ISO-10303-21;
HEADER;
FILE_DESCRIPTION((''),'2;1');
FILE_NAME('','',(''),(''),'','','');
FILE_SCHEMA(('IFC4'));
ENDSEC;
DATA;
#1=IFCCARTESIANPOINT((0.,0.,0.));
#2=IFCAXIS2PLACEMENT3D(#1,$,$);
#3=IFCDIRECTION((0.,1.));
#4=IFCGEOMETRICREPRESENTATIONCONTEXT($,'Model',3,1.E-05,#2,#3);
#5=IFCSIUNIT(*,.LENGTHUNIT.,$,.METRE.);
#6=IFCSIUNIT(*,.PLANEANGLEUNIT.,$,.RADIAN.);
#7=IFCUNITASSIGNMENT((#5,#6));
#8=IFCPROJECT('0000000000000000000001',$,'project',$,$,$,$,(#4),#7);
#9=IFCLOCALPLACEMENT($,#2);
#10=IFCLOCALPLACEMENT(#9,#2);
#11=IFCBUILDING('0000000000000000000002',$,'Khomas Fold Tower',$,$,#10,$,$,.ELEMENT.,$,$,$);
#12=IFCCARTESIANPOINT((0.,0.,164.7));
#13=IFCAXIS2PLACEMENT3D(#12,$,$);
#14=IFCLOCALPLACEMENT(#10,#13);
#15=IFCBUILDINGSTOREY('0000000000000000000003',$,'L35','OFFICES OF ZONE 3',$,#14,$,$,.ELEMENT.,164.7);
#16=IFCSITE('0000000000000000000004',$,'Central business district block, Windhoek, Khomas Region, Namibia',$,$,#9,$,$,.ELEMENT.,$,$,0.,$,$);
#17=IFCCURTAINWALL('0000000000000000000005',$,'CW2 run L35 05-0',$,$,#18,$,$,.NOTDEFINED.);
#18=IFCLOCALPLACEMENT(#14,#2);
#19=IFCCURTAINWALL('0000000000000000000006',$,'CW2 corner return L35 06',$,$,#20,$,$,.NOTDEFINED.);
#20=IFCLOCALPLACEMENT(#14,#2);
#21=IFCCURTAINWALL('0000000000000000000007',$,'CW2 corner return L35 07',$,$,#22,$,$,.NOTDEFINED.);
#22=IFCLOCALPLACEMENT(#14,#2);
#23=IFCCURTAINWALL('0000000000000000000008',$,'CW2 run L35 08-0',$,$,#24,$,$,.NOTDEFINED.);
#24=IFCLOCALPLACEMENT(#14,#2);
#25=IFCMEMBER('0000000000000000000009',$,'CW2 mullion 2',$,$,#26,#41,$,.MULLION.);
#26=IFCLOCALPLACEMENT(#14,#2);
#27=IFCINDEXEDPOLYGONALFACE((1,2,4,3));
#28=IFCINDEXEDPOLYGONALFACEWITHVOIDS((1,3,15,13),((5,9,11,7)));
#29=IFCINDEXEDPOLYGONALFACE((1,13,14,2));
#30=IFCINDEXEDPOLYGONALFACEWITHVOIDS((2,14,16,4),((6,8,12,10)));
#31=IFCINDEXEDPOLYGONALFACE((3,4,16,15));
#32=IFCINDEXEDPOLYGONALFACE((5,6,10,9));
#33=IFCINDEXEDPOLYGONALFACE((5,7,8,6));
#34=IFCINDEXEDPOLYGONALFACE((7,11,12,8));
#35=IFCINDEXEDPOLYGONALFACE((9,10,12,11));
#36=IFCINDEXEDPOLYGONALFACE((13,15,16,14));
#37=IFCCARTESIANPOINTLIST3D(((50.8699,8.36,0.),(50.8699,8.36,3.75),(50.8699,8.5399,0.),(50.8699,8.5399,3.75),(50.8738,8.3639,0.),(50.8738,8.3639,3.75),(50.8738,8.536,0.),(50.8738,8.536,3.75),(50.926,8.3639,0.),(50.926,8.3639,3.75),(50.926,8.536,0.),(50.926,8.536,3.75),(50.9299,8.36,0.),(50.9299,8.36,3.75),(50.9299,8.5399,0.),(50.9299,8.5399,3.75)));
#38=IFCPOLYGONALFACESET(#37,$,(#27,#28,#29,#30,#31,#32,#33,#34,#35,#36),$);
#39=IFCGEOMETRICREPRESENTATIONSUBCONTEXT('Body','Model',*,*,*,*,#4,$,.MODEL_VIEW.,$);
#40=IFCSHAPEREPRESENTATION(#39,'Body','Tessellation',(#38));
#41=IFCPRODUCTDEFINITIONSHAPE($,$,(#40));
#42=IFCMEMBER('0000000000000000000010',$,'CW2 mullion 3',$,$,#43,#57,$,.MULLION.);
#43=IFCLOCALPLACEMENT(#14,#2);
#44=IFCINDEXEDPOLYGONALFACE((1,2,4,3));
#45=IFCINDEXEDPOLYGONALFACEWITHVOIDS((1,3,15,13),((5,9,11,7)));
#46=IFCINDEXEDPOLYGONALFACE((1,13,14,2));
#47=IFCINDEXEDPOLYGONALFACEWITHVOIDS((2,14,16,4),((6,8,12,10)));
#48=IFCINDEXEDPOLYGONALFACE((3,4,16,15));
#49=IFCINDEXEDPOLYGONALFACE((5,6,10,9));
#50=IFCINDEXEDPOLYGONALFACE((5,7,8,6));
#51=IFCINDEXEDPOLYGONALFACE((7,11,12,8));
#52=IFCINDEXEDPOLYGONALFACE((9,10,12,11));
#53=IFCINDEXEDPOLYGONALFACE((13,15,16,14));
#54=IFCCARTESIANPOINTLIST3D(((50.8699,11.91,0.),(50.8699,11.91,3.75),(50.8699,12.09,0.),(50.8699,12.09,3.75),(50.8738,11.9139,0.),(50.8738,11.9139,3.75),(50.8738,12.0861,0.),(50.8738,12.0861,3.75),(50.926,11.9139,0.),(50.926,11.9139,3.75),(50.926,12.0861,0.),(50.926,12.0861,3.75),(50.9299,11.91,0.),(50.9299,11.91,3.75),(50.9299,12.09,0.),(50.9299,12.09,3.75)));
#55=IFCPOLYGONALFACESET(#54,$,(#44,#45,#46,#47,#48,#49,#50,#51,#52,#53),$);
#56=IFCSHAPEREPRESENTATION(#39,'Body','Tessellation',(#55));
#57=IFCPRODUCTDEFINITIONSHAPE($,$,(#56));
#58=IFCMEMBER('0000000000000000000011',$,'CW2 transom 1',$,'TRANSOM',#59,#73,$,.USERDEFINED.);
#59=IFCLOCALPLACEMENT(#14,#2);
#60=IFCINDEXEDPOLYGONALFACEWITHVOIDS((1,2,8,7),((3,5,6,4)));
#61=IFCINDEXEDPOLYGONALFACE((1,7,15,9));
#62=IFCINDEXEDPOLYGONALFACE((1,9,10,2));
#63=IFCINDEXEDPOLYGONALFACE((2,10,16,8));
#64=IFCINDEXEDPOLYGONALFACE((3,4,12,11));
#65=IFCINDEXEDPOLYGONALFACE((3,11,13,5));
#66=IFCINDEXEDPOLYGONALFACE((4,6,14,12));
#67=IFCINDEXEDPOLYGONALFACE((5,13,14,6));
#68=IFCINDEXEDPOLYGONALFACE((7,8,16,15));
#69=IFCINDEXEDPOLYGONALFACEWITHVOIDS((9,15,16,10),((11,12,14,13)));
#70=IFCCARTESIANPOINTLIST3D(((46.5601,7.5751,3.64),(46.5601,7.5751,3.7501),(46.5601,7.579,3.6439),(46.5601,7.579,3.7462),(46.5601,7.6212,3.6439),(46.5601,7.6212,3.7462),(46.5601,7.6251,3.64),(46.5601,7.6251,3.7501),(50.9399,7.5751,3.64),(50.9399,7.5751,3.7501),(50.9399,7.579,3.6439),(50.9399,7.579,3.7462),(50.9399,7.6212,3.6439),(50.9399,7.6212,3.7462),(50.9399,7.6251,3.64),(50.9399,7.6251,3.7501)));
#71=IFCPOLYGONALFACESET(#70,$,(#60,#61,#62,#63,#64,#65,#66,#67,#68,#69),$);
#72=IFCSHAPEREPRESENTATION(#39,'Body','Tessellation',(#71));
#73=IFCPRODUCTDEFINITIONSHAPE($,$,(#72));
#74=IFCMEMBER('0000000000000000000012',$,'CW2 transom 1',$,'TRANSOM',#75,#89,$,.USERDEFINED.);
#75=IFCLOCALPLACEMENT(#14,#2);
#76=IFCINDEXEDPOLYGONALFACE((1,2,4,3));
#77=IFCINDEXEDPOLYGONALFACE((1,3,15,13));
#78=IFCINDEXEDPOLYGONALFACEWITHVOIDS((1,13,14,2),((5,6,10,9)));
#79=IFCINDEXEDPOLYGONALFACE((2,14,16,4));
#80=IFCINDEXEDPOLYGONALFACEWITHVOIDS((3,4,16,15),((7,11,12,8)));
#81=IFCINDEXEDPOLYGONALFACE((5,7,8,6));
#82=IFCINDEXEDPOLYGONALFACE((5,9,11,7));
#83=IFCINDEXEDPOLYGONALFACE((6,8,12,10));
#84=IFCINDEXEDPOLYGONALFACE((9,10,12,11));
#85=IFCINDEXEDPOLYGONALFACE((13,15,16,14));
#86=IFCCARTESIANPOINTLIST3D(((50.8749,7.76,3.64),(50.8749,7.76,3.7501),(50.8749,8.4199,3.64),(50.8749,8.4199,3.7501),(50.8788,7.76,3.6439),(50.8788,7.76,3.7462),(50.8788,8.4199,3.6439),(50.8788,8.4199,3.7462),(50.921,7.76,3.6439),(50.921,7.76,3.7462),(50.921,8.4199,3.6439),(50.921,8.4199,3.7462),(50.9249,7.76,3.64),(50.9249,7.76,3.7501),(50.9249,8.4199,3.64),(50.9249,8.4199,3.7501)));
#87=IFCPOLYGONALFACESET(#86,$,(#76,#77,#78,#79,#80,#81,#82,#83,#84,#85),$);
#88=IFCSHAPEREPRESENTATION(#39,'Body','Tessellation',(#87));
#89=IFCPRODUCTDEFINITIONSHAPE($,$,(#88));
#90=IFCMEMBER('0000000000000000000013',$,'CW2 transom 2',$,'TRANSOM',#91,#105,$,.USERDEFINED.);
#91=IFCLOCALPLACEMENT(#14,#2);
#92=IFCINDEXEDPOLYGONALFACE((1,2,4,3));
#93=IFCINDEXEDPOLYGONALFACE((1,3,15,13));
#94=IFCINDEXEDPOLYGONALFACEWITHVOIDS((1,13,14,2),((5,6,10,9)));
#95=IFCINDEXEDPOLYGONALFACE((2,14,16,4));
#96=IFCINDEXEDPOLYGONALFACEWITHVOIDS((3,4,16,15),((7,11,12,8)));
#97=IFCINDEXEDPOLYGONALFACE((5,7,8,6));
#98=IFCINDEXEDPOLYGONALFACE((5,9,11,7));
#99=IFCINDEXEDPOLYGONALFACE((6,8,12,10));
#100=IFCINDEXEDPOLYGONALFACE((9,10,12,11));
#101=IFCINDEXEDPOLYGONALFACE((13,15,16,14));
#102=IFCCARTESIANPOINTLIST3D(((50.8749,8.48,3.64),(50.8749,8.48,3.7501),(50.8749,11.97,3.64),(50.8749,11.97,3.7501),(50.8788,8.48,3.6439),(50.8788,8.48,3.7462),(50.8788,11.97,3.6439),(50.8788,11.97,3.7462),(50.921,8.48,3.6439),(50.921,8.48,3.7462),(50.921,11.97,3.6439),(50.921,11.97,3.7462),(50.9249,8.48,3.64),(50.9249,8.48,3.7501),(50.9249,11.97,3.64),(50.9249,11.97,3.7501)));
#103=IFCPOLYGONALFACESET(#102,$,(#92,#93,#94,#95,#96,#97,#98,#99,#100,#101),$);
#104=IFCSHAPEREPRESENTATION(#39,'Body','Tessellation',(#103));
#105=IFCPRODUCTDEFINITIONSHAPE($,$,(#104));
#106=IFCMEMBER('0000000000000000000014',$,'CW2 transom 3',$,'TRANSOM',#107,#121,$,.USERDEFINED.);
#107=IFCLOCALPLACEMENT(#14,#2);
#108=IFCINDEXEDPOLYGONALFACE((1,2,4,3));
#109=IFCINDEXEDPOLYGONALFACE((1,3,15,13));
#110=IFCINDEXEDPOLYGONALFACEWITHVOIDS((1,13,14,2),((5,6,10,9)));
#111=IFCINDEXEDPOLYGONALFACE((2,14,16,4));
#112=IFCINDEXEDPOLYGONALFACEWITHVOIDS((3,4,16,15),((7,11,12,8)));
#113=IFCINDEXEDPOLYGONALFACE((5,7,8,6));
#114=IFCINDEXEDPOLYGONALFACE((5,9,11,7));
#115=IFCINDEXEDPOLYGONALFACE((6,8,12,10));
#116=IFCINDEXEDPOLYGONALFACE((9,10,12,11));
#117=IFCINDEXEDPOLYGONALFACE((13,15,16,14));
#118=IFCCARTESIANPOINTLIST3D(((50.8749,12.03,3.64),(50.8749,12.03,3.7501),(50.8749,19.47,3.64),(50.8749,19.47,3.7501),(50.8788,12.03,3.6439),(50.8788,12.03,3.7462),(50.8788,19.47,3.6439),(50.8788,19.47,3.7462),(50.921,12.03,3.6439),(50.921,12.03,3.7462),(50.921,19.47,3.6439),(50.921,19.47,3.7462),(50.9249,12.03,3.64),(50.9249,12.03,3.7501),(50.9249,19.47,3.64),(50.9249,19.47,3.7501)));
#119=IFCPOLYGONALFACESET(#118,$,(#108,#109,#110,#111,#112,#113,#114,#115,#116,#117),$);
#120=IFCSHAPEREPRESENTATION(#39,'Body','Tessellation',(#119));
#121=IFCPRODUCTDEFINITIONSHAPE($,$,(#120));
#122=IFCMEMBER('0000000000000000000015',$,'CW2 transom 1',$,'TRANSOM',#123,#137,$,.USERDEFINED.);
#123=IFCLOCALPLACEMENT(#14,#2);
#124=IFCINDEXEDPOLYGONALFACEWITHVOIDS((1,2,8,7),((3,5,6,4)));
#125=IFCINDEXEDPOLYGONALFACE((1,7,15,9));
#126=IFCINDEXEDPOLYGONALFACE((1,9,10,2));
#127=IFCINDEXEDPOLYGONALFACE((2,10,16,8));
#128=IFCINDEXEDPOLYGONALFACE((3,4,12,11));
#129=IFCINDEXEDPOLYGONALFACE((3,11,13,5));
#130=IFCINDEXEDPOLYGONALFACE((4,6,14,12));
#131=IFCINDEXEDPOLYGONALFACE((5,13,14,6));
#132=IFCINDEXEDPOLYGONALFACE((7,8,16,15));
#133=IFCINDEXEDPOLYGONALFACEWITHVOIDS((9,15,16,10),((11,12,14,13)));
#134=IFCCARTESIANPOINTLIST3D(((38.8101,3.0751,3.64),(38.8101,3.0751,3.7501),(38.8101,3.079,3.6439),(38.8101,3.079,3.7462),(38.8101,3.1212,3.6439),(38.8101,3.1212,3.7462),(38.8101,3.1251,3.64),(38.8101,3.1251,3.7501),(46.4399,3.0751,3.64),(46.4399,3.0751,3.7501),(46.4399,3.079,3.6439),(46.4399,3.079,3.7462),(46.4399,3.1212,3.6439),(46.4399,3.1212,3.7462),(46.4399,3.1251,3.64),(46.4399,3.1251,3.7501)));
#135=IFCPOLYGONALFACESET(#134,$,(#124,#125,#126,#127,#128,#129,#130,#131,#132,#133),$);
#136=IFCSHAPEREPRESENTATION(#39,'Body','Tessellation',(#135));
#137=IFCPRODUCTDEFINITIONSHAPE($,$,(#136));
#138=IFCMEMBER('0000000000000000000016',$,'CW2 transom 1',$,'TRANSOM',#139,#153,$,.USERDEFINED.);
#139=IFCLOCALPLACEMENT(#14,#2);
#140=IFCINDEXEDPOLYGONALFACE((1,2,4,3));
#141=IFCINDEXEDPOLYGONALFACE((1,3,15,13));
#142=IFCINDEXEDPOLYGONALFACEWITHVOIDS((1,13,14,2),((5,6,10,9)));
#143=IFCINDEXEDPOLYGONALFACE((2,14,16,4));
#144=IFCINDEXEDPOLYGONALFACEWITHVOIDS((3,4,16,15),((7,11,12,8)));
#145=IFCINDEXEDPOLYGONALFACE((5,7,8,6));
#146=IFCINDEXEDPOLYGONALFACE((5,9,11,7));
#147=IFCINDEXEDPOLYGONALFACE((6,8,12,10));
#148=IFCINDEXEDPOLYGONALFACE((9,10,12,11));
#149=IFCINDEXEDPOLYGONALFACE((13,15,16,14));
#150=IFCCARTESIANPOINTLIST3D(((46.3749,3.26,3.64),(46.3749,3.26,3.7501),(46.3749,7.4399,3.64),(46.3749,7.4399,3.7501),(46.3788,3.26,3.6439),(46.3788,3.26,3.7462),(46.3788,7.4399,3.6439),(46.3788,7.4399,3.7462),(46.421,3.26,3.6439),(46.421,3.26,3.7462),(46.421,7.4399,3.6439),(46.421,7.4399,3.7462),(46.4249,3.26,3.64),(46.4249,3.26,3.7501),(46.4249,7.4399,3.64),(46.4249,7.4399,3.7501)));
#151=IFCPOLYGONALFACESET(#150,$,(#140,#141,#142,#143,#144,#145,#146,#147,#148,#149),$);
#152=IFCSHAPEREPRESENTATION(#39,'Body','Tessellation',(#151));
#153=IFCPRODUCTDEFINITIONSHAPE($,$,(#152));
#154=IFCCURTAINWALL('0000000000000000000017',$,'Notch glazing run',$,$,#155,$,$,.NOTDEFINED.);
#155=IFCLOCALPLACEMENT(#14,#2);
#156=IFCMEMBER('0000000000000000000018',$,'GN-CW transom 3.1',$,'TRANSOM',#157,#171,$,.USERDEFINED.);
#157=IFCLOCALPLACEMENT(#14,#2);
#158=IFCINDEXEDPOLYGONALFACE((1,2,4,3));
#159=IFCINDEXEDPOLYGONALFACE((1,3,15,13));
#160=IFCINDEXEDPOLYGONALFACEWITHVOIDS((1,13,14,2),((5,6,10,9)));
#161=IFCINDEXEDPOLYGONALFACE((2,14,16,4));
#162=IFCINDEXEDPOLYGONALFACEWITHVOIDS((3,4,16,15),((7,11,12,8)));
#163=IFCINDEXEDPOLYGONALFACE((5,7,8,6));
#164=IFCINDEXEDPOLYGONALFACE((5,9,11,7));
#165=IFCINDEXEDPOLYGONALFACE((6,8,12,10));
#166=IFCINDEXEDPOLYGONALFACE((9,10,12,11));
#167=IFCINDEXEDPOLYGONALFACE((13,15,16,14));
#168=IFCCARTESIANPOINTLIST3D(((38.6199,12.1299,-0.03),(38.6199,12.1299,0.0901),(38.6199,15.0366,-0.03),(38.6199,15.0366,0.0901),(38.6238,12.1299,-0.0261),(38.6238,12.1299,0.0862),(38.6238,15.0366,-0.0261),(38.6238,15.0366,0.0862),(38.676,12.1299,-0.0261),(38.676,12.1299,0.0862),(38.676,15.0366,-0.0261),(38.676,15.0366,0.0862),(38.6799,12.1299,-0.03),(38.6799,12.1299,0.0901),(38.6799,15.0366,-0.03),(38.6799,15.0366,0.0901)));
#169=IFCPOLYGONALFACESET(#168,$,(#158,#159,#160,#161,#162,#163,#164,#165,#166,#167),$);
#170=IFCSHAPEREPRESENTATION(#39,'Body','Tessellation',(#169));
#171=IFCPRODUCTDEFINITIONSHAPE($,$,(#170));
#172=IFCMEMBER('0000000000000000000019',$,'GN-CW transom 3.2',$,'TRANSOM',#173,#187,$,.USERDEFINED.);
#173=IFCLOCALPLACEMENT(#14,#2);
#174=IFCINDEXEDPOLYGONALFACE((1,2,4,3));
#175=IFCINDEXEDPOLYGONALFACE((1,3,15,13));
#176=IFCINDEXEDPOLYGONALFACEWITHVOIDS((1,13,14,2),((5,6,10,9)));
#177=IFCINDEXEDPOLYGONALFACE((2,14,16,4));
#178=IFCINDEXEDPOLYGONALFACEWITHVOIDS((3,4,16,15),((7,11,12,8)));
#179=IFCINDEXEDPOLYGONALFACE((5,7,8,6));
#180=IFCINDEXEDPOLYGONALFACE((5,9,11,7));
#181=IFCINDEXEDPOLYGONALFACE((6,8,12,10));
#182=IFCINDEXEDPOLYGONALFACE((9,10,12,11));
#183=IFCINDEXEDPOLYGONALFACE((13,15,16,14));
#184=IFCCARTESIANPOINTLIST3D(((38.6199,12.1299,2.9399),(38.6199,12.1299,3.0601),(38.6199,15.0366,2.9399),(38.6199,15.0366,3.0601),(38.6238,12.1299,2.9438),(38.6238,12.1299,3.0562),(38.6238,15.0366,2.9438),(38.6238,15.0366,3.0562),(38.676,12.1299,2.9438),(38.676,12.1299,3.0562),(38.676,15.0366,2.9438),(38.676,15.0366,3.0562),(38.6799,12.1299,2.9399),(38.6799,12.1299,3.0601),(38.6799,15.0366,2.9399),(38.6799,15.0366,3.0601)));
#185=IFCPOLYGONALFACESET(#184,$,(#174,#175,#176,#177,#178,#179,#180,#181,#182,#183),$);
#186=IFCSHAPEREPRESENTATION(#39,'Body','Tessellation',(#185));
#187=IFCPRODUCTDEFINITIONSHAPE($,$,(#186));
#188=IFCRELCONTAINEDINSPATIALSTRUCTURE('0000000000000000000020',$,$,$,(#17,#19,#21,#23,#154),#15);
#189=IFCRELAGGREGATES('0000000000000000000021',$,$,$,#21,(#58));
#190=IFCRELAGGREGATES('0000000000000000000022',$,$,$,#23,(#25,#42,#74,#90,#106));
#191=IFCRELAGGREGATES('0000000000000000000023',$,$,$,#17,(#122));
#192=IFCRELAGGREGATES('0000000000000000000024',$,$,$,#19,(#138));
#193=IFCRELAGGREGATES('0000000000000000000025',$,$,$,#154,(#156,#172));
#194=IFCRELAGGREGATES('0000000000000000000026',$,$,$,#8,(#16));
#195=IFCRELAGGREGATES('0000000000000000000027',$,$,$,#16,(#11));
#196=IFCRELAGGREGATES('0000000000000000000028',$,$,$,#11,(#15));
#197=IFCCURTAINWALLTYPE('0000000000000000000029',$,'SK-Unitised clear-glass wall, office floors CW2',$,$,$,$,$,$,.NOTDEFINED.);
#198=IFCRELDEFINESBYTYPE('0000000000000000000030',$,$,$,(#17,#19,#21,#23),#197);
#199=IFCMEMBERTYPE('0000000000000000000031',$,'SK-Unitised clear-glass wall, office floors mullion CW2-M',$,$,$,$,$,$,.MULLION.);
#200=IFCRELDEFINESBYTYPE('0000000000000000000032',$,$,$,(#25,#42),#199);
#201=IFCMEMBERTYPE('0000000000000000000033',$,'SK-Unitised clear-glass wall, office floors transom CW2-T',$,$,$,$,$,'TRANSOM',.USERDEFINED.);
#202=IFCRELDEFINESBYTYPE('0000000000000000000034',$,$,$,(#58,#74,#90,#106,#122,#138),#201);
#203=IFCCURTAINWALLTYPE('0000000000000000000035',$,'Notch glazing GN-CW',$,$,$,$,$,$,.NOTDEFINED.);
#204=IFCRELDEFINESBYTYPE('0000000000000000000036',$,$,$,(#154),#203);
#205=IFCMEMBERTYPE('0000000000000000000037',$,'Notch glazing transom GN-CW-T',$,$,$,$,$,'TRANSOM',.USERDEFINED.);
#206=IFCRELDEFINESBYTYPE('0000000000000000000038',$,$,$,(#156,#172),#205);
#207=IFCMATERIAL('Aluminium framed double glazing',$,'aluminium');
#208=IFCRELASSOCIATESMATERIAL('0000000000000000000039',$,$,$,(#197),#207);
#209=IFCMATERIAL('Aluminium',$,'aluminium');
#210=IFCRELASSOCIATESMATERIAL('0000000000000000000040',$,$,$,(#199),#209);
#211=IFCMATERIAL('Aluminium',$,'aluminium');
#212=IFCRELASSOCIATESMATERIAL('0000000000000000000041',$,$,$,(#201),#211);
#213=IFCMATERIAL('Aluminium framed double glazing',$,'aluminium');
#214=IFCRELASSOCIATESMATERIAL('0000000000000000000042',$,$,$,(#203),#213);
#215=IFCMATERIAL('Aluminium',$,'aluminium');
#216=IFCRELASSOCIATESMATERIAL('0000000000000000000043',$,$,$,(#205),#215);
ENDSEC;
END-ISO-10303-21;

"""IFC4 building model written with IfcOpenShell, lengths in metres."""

from ifc_helpers import new_model, si_unit, direction, frame, origin, origin_2d, place, context, subcontext, project, spatial, hollow_rectangle, extrude, source, transform, mapped, material, material_profile, profile_set, type_object, element, aggregate, save


model = new_model("IFC4")

# Units and contexts
model_context = context("Model", 3, precision=1e-05, world=origin(), true_north=direction((0.0, 1.0)))
body_context = subcontext(model_context, "Body", "Model", "MODEL_VIEW")
ifc_project = project(units=[si_unit("LENGTHUNIT", "METRE"), si_unit("PLANEANGLEUNIT", "RADIAN")], contexts=[model_context])

# Site, building, storey
site_placement = place(None, origin())
site = spatial("IfcSite", under=ifc_project, at=site_placement, Name="Central business district block, Windhoek, Khomas Region, Namibia", CompositionType="ELEMENT", RefElevation=0.0)
building_placement = place(site_placement, origin())
building = spatial("IfcBuilding", under=site, at=building_placement, Name="Khomas Fold Tower", CompositionType="ELEMENT")
storey_placement = place(building_placement, frame((0.0, 0.0, 164.7)))
storey = spatial("IfcBuildingStorey", under=building, at=storey_placement, Name="L35", Description="OFFICES OF ZONE 3", CompositionType="ELEMENT", Elevation=164.7)

# Curtain walls, members
ifc_material_1 = material(Name="Aluminium framed double glazing", Category="aluminium")
curtain_wall_type_1 = type_object("IfcCurtainWallType", Name="SK-Unitised clear-glass wall, office floors CW2", PredefinedType="NOTDEFINED", material=ifc_material_1)
curtain_wall_1_placement = place(storey_placement, origin())
curtain_wall_1 = element("IfcCurtainWall", 1, at=curtain_wall_1_placement, inside=storey, type_object=curtain_wall_type_1, Name="CW2 run L35 05-0", PredefinedType="NOTDEFINED")
ifc_material_2 = material(Name="Aluminium", Category="aluminium")
ifc_material_profile_1 = material_profile(ifc_material_2, hollow_rectangle(XDim=0.0601, YDim=0.1799, WallThickness=0.0039, at=origin_2d()), Name="SK-Unitised clear-glass wall, office floors mullion CW2-M")
ifc_profile_set_1 = profile_set([ifc_material_profile_1], Name="Aluminium")
member_type_1 = type_object("IfcMemberType", Name="SK-Unitised clear-glass wall, office floors mullion CW2-M", PredefinedType="MULLION", material=ifc_profile_set_1)
shared_shape_1 = source(origin(), body_context, "Body", "SweptSolid", [
    extrude(hollow_rectangle(XDim=0.0601, YDim=0.1799, WallThickness=0.0039, at=origin_2d()), origin(), (0.0, 0.0, 1.0), 3.75),
])
curtain_wall_2_placement = place(storey_placement, origin())
curtain_wall_2 = element("IfcCurtainWall", 2, at=curtain_wall_2_placement, inside=storey, type_object=curtain_wall_type_1, Name="CW2 corner return L35 06", PredefinedType="NOTDEFINED")
curtain_wall_3_placement = place(storey_placement, origin())
curtain_wall_3 = element("IfcCurtainWall", 3, at=curtain_wall_3_placement, inside=storey, type_object=curtain_wall_type_1, Name="CW2 corner return L35 07", PredefinedType="NOTDEFINED")
curtain_wall_4_placement = place(storey_placement, origin())
curtain_wall_4 = element("IfcCurtainWall", 4, at=curtain_wall_4_placement, inside=storey, type_object=curtain_wall_type_1, Name="CW2 run L35 08-0", PredefinedType="NOTDEFINED")
member_1_placement = place(storey_placement, frame((50.8999, 8.45, 0.0), z_axis=(0.0, 0.0, 1.0), x_axis=(-1.0, 0.0, 0.0)))
member_1 = element("IfcMember", 5, at=member_1_placement, type_object=member_type_1, Name="CW2 mullion 2", PredefinedType="MULLION", context=body_context, shape_type="MappedRepresentation", body=[
    mapped(shared_shape_1, transform((0.0, 0.0, 0.0))),
])
member_2_placement = place(storey_placement, frame((50.8999, 12.0, 0.0), z_axis=(0.0, 0.0, 1.0), x_axis=(-1.0, 0.0, 0.0)))
member_2 = element("IfcMember", 6, at=member_2_placement, type_object=member_type_1, Name="CW2 mullion 3", PredefinedType="MULLION", context=body_context, shape_type="MappedRepresentation", body=[
    mapped(shared_shape_1, transform((0.0, 0.0, 0.0))),
])

# Members
ifc_material_3 = material(Name="Aluminium", Category="aluminium")
ifc_material_profile_2 = material_profile(ifc_material_3, hollow_rectangle(XDim=0.05, YDim=0.1101, WallThickness=0.0039, at=origin_2d()), Name="SK-Unitised clear-glass wall, office floors transom CW2-T")
ifc_profile_set_2 = profile_set([ifc_material_profile_2], Name="Aluminium")
member_type_2 = type_object("IfcMemberType", Name="SK-Unitised clear-glass wall, office floors transom CW2-T", ElementType="TRANSOM", PredefinedType="USERDEFINED", material=ifc_profile_set_2)
shared_shape_2 = source(origin(), body_context, "Body", "SweptSolid", [
    extrude(hollow_rectangle(XDim=0.05, YDim=0.1101, WallThickness=0.0039, at=origin_2d()), origin(), (0.0, 0.0, 1.0), 4.3799),
])
member_3_placement = place(storey_placement, frame((46.5601, 7.6001, 3.6951), z_axis=(1.0, 0.0, 0.0), x_axis=(0.0, 1.0, 0.0)))
member_3 = element("IfcMember", 7, at=member_3_placement, type_object=member_type_2, Name="CW2 transom 1", ObjectType="TRANSOM", PredefinedType="USERDEFINED", context=body_context, shape_type="MappedRepresentation", body=[
    mapped(shared_shape_2, transform((0.0, 0.0, 0.0))),
])
shared_shape_3 = source(origin(), body_context, "Body", "SweptSolid", [
    extrude(hollow_rectangle(XDim=0.05, YDim=0.1101, WallThickness=0.0039, at=origin_2d()), origin(), (0.0, 0.0, 1.0), 0.6599),
])
member_4_placement = place(storey_placement, frame((50.8999, 7.76, 3.6951), z_axis=(0.0, 1.0, 0.0), x_axis=(-1.0, 0.0, 0.0)))
member_4 = element("IfcMember", 8, at=member_4_placement, type_object=member_type_2, Name="CW2 transom 1", ObjectType="TRANSOM", PredefinedType="USERDEFINED", context=body_context, shape_type="MappedRepresentation", body=[
    mapped(shared_shape_3, transform((0.0, 0.0, 0.0))),
])
shared_shape_4 = source(origin(), body_context, "Body", "SweptSolid", [
    extrude(hollow_rectangle(XDim=0.05, YDim=0.1101, WallThickness=0.0039, at=origin_2d()), origin(), (0.0, 0.0, 1.0), 3.49),
])
member_5_placement = place(storey_placement, frame((50.8999, 8.48, 3.6951), z_axis=(0.0, 1.0, 0.0), x_axis=(-1.0, 0.0, 0.0)))
member_5 = element("IfcMember", 9, at=member_5_placement, type_object=member_type_2, Name="CW2 transom 2", ObjectType="TRANSOM", PredefinedType="USERDEFINED", context=body_context, shape_type="MappedRepresentation", body=[
    mapped(shared_shape_4, transform((0.0, 0.0, 0.0))),
])
shared_shape_5 = source(origin(), body_context, "Body", "SweptSolid", [
    extrude(hollow_rectangle(XDim=0.05, YDim=0.1101, WallThickness=0.0039, at=origin_2d()), origin(), (0.0, 0.0, 1.0), 7.4399),
])
member_6_placement = place(storey_placement, frame((50.8999, 12.03, 3.6951), z_axis=(0.0, 1.0, 0.0), x_axis=(-1.0, 0.0, 0.0)))
member_6 = element("IfcMember", 10, at=member_6_placement, type_object=member_type_2, Name="CW2 transom 3", ObjectType="TRANSOM", PredefinedType="USERDEFINED", context=body_context, shape_type="MappedRepresentation", body=[
    mapped(shared_shape_5, transform((0.0, 0.0, 0.0))),
])
shared_shape_6 = source(origin(), body_context, "Body", "SweptSolid", [
    extrude(hollow_rectangle(XDim=0.05, YDim=0.1101, WallThickness=0.0039, at=origin_2d()), origin(), (0.0, 0.0, 1.0), 7.6299),
])
member_7_placement = place(storey_placement, frame((38.8101, 3.1001, 3.6951), z_axis=(1.0, 0.0, 0.0), x_axis=(0.0, 1.0, 0.0)))
member_7 = element("IfcMember", 11, at=member_7_placement, type_object=member_type_2, Name="CW2 transom 1", ObjectType="TRANSOM", PredefinedType="USERDEFINED", context=body_context, shape_type="MappedRepresentation", body=[
    mapped(shared_shape_6, transform((0.0, 0.0, 0.0))),
])
shared_shape_7 = source(origin(), body_context, "Body", "SweptSolid", [
    extrude(hollow_rectangle(XDim=0.05, YDim=0.1101, WallThickness=0.0039, at=origin_2d()), origin(), (0.0, 0.0, 1.0), 4.1799),
])
member_8_placement = place(storey_placement, frame((46.3999, 3.26, 3.6951), z_axis=(0.0, 1.0, 0.0), x_axis=(-1.0, 0.0, 0.0)))
member_8 = element("IfcMember", 12, at=member_8_placement, type_object=member_type_2, Name="CW2 transom 1", ObjectType="TRANSOM", PredefinedType="USERDEFINED", context=body_context, shape_type="MappedRepresentation", body=[
    mapped(shared_shape_7, transform((0.0, 0.0, 0.0))),
])

# Curtain wall, members
ifc_material_4 = material(Name="Aluminium framed double glazing", Category="aluminium")
curtain_wall_type_2 = type_object("IfcCurtainWallType", Name="Notch glazing GN-CW", PredefinedType="NOTDEFINED", material=ifc_material_4)
curtain_wall_5_placement = place(storey_placement, origin())
curtain_wall_5 = element("IfcCurtainWall", 13, at=curtain_wall_5_placement, inside=storey, type_object=curtain_wall_type_2, Name="Notch glazing run", PredefinedType="NOTDEFINED")
ifc_material_5 = material(Name="Aluminium", Category="aluminium")
ifc_material_profile_3 = material_profile(ifc_material_5, hollow_rectangle(XDim=0.0601, YDim=0.1201, WallThickness=0.0039, at=origin_2d()), Name="Notch glazing transom GN-CW-T")
ifc_profile_set_3 = profile_set([ifc_material_profile_3], Name="Aluminium")
member_type_3 = type_object("IfcMemberType", Name="Notch glazing transom GN-CW-T", ElementType="TRANSOM", PredefinedType="USERDEFINED", material=ifc_profile_set_3)
shared_shape_8 = source(origin(), body_context, "Body", "SweptSolid", [
    extrude(hollow_rectangle(XDim=0.0601, YDim=0.1201, WallThickness=0.0039, at=origin_2d()), origin(), (0.0, 0.0, 1.0), 2.9067),
])
member_9_placement = place(storey_placement, frame((38.6499, 15.0366, 0.03), z_axis=(0.0, -1.0, 0.0), x_axis=(1.0, 0.0, 0.0)))
member_9 = element("IfcMember", 14, at=member_9_placement, type_object=member_type_3, Name="GN-CW transom 3.1", ObjectType="TRANSOM", PredefinedType="USERDEFINED", context=body_context, shape_type="MappedRepresentation", body=[
    mapped(shared_shape_8, transform((0.0, 0.0, 0.0))),
])
member_10_placement = place(storey_placement, frame((38.6499, 15.0366, 3.0), z_axis=(0.0, -1.0, 0.0), x_axis=(1.0, 0.0, 0.0)))
member_10 = element("IfcMember", 15, at=member_10_placement, type_object=member_type_3, Name="GN-CW transom 3.2", ObjectType="TRANSOM", PredefinedType="USERDEFINED", context=body_context, shape_type="MappedRepresentation", body=[
    mapped(shared_shape_8, transform((0.0, 0.0, 0.0))),
])

aggregate(curtain_wall_3, [member_3])
aggregate(curtain_wall_4, [member_1, member_2, member_4, member_5, member_6])
aggregate(curtain_wall_1, [member_7])
aggregate(curtain_wall_2, [member_8])
aggregate(curtain_wall_5, [member_9, member_10])

save(model, "model.ifc")
